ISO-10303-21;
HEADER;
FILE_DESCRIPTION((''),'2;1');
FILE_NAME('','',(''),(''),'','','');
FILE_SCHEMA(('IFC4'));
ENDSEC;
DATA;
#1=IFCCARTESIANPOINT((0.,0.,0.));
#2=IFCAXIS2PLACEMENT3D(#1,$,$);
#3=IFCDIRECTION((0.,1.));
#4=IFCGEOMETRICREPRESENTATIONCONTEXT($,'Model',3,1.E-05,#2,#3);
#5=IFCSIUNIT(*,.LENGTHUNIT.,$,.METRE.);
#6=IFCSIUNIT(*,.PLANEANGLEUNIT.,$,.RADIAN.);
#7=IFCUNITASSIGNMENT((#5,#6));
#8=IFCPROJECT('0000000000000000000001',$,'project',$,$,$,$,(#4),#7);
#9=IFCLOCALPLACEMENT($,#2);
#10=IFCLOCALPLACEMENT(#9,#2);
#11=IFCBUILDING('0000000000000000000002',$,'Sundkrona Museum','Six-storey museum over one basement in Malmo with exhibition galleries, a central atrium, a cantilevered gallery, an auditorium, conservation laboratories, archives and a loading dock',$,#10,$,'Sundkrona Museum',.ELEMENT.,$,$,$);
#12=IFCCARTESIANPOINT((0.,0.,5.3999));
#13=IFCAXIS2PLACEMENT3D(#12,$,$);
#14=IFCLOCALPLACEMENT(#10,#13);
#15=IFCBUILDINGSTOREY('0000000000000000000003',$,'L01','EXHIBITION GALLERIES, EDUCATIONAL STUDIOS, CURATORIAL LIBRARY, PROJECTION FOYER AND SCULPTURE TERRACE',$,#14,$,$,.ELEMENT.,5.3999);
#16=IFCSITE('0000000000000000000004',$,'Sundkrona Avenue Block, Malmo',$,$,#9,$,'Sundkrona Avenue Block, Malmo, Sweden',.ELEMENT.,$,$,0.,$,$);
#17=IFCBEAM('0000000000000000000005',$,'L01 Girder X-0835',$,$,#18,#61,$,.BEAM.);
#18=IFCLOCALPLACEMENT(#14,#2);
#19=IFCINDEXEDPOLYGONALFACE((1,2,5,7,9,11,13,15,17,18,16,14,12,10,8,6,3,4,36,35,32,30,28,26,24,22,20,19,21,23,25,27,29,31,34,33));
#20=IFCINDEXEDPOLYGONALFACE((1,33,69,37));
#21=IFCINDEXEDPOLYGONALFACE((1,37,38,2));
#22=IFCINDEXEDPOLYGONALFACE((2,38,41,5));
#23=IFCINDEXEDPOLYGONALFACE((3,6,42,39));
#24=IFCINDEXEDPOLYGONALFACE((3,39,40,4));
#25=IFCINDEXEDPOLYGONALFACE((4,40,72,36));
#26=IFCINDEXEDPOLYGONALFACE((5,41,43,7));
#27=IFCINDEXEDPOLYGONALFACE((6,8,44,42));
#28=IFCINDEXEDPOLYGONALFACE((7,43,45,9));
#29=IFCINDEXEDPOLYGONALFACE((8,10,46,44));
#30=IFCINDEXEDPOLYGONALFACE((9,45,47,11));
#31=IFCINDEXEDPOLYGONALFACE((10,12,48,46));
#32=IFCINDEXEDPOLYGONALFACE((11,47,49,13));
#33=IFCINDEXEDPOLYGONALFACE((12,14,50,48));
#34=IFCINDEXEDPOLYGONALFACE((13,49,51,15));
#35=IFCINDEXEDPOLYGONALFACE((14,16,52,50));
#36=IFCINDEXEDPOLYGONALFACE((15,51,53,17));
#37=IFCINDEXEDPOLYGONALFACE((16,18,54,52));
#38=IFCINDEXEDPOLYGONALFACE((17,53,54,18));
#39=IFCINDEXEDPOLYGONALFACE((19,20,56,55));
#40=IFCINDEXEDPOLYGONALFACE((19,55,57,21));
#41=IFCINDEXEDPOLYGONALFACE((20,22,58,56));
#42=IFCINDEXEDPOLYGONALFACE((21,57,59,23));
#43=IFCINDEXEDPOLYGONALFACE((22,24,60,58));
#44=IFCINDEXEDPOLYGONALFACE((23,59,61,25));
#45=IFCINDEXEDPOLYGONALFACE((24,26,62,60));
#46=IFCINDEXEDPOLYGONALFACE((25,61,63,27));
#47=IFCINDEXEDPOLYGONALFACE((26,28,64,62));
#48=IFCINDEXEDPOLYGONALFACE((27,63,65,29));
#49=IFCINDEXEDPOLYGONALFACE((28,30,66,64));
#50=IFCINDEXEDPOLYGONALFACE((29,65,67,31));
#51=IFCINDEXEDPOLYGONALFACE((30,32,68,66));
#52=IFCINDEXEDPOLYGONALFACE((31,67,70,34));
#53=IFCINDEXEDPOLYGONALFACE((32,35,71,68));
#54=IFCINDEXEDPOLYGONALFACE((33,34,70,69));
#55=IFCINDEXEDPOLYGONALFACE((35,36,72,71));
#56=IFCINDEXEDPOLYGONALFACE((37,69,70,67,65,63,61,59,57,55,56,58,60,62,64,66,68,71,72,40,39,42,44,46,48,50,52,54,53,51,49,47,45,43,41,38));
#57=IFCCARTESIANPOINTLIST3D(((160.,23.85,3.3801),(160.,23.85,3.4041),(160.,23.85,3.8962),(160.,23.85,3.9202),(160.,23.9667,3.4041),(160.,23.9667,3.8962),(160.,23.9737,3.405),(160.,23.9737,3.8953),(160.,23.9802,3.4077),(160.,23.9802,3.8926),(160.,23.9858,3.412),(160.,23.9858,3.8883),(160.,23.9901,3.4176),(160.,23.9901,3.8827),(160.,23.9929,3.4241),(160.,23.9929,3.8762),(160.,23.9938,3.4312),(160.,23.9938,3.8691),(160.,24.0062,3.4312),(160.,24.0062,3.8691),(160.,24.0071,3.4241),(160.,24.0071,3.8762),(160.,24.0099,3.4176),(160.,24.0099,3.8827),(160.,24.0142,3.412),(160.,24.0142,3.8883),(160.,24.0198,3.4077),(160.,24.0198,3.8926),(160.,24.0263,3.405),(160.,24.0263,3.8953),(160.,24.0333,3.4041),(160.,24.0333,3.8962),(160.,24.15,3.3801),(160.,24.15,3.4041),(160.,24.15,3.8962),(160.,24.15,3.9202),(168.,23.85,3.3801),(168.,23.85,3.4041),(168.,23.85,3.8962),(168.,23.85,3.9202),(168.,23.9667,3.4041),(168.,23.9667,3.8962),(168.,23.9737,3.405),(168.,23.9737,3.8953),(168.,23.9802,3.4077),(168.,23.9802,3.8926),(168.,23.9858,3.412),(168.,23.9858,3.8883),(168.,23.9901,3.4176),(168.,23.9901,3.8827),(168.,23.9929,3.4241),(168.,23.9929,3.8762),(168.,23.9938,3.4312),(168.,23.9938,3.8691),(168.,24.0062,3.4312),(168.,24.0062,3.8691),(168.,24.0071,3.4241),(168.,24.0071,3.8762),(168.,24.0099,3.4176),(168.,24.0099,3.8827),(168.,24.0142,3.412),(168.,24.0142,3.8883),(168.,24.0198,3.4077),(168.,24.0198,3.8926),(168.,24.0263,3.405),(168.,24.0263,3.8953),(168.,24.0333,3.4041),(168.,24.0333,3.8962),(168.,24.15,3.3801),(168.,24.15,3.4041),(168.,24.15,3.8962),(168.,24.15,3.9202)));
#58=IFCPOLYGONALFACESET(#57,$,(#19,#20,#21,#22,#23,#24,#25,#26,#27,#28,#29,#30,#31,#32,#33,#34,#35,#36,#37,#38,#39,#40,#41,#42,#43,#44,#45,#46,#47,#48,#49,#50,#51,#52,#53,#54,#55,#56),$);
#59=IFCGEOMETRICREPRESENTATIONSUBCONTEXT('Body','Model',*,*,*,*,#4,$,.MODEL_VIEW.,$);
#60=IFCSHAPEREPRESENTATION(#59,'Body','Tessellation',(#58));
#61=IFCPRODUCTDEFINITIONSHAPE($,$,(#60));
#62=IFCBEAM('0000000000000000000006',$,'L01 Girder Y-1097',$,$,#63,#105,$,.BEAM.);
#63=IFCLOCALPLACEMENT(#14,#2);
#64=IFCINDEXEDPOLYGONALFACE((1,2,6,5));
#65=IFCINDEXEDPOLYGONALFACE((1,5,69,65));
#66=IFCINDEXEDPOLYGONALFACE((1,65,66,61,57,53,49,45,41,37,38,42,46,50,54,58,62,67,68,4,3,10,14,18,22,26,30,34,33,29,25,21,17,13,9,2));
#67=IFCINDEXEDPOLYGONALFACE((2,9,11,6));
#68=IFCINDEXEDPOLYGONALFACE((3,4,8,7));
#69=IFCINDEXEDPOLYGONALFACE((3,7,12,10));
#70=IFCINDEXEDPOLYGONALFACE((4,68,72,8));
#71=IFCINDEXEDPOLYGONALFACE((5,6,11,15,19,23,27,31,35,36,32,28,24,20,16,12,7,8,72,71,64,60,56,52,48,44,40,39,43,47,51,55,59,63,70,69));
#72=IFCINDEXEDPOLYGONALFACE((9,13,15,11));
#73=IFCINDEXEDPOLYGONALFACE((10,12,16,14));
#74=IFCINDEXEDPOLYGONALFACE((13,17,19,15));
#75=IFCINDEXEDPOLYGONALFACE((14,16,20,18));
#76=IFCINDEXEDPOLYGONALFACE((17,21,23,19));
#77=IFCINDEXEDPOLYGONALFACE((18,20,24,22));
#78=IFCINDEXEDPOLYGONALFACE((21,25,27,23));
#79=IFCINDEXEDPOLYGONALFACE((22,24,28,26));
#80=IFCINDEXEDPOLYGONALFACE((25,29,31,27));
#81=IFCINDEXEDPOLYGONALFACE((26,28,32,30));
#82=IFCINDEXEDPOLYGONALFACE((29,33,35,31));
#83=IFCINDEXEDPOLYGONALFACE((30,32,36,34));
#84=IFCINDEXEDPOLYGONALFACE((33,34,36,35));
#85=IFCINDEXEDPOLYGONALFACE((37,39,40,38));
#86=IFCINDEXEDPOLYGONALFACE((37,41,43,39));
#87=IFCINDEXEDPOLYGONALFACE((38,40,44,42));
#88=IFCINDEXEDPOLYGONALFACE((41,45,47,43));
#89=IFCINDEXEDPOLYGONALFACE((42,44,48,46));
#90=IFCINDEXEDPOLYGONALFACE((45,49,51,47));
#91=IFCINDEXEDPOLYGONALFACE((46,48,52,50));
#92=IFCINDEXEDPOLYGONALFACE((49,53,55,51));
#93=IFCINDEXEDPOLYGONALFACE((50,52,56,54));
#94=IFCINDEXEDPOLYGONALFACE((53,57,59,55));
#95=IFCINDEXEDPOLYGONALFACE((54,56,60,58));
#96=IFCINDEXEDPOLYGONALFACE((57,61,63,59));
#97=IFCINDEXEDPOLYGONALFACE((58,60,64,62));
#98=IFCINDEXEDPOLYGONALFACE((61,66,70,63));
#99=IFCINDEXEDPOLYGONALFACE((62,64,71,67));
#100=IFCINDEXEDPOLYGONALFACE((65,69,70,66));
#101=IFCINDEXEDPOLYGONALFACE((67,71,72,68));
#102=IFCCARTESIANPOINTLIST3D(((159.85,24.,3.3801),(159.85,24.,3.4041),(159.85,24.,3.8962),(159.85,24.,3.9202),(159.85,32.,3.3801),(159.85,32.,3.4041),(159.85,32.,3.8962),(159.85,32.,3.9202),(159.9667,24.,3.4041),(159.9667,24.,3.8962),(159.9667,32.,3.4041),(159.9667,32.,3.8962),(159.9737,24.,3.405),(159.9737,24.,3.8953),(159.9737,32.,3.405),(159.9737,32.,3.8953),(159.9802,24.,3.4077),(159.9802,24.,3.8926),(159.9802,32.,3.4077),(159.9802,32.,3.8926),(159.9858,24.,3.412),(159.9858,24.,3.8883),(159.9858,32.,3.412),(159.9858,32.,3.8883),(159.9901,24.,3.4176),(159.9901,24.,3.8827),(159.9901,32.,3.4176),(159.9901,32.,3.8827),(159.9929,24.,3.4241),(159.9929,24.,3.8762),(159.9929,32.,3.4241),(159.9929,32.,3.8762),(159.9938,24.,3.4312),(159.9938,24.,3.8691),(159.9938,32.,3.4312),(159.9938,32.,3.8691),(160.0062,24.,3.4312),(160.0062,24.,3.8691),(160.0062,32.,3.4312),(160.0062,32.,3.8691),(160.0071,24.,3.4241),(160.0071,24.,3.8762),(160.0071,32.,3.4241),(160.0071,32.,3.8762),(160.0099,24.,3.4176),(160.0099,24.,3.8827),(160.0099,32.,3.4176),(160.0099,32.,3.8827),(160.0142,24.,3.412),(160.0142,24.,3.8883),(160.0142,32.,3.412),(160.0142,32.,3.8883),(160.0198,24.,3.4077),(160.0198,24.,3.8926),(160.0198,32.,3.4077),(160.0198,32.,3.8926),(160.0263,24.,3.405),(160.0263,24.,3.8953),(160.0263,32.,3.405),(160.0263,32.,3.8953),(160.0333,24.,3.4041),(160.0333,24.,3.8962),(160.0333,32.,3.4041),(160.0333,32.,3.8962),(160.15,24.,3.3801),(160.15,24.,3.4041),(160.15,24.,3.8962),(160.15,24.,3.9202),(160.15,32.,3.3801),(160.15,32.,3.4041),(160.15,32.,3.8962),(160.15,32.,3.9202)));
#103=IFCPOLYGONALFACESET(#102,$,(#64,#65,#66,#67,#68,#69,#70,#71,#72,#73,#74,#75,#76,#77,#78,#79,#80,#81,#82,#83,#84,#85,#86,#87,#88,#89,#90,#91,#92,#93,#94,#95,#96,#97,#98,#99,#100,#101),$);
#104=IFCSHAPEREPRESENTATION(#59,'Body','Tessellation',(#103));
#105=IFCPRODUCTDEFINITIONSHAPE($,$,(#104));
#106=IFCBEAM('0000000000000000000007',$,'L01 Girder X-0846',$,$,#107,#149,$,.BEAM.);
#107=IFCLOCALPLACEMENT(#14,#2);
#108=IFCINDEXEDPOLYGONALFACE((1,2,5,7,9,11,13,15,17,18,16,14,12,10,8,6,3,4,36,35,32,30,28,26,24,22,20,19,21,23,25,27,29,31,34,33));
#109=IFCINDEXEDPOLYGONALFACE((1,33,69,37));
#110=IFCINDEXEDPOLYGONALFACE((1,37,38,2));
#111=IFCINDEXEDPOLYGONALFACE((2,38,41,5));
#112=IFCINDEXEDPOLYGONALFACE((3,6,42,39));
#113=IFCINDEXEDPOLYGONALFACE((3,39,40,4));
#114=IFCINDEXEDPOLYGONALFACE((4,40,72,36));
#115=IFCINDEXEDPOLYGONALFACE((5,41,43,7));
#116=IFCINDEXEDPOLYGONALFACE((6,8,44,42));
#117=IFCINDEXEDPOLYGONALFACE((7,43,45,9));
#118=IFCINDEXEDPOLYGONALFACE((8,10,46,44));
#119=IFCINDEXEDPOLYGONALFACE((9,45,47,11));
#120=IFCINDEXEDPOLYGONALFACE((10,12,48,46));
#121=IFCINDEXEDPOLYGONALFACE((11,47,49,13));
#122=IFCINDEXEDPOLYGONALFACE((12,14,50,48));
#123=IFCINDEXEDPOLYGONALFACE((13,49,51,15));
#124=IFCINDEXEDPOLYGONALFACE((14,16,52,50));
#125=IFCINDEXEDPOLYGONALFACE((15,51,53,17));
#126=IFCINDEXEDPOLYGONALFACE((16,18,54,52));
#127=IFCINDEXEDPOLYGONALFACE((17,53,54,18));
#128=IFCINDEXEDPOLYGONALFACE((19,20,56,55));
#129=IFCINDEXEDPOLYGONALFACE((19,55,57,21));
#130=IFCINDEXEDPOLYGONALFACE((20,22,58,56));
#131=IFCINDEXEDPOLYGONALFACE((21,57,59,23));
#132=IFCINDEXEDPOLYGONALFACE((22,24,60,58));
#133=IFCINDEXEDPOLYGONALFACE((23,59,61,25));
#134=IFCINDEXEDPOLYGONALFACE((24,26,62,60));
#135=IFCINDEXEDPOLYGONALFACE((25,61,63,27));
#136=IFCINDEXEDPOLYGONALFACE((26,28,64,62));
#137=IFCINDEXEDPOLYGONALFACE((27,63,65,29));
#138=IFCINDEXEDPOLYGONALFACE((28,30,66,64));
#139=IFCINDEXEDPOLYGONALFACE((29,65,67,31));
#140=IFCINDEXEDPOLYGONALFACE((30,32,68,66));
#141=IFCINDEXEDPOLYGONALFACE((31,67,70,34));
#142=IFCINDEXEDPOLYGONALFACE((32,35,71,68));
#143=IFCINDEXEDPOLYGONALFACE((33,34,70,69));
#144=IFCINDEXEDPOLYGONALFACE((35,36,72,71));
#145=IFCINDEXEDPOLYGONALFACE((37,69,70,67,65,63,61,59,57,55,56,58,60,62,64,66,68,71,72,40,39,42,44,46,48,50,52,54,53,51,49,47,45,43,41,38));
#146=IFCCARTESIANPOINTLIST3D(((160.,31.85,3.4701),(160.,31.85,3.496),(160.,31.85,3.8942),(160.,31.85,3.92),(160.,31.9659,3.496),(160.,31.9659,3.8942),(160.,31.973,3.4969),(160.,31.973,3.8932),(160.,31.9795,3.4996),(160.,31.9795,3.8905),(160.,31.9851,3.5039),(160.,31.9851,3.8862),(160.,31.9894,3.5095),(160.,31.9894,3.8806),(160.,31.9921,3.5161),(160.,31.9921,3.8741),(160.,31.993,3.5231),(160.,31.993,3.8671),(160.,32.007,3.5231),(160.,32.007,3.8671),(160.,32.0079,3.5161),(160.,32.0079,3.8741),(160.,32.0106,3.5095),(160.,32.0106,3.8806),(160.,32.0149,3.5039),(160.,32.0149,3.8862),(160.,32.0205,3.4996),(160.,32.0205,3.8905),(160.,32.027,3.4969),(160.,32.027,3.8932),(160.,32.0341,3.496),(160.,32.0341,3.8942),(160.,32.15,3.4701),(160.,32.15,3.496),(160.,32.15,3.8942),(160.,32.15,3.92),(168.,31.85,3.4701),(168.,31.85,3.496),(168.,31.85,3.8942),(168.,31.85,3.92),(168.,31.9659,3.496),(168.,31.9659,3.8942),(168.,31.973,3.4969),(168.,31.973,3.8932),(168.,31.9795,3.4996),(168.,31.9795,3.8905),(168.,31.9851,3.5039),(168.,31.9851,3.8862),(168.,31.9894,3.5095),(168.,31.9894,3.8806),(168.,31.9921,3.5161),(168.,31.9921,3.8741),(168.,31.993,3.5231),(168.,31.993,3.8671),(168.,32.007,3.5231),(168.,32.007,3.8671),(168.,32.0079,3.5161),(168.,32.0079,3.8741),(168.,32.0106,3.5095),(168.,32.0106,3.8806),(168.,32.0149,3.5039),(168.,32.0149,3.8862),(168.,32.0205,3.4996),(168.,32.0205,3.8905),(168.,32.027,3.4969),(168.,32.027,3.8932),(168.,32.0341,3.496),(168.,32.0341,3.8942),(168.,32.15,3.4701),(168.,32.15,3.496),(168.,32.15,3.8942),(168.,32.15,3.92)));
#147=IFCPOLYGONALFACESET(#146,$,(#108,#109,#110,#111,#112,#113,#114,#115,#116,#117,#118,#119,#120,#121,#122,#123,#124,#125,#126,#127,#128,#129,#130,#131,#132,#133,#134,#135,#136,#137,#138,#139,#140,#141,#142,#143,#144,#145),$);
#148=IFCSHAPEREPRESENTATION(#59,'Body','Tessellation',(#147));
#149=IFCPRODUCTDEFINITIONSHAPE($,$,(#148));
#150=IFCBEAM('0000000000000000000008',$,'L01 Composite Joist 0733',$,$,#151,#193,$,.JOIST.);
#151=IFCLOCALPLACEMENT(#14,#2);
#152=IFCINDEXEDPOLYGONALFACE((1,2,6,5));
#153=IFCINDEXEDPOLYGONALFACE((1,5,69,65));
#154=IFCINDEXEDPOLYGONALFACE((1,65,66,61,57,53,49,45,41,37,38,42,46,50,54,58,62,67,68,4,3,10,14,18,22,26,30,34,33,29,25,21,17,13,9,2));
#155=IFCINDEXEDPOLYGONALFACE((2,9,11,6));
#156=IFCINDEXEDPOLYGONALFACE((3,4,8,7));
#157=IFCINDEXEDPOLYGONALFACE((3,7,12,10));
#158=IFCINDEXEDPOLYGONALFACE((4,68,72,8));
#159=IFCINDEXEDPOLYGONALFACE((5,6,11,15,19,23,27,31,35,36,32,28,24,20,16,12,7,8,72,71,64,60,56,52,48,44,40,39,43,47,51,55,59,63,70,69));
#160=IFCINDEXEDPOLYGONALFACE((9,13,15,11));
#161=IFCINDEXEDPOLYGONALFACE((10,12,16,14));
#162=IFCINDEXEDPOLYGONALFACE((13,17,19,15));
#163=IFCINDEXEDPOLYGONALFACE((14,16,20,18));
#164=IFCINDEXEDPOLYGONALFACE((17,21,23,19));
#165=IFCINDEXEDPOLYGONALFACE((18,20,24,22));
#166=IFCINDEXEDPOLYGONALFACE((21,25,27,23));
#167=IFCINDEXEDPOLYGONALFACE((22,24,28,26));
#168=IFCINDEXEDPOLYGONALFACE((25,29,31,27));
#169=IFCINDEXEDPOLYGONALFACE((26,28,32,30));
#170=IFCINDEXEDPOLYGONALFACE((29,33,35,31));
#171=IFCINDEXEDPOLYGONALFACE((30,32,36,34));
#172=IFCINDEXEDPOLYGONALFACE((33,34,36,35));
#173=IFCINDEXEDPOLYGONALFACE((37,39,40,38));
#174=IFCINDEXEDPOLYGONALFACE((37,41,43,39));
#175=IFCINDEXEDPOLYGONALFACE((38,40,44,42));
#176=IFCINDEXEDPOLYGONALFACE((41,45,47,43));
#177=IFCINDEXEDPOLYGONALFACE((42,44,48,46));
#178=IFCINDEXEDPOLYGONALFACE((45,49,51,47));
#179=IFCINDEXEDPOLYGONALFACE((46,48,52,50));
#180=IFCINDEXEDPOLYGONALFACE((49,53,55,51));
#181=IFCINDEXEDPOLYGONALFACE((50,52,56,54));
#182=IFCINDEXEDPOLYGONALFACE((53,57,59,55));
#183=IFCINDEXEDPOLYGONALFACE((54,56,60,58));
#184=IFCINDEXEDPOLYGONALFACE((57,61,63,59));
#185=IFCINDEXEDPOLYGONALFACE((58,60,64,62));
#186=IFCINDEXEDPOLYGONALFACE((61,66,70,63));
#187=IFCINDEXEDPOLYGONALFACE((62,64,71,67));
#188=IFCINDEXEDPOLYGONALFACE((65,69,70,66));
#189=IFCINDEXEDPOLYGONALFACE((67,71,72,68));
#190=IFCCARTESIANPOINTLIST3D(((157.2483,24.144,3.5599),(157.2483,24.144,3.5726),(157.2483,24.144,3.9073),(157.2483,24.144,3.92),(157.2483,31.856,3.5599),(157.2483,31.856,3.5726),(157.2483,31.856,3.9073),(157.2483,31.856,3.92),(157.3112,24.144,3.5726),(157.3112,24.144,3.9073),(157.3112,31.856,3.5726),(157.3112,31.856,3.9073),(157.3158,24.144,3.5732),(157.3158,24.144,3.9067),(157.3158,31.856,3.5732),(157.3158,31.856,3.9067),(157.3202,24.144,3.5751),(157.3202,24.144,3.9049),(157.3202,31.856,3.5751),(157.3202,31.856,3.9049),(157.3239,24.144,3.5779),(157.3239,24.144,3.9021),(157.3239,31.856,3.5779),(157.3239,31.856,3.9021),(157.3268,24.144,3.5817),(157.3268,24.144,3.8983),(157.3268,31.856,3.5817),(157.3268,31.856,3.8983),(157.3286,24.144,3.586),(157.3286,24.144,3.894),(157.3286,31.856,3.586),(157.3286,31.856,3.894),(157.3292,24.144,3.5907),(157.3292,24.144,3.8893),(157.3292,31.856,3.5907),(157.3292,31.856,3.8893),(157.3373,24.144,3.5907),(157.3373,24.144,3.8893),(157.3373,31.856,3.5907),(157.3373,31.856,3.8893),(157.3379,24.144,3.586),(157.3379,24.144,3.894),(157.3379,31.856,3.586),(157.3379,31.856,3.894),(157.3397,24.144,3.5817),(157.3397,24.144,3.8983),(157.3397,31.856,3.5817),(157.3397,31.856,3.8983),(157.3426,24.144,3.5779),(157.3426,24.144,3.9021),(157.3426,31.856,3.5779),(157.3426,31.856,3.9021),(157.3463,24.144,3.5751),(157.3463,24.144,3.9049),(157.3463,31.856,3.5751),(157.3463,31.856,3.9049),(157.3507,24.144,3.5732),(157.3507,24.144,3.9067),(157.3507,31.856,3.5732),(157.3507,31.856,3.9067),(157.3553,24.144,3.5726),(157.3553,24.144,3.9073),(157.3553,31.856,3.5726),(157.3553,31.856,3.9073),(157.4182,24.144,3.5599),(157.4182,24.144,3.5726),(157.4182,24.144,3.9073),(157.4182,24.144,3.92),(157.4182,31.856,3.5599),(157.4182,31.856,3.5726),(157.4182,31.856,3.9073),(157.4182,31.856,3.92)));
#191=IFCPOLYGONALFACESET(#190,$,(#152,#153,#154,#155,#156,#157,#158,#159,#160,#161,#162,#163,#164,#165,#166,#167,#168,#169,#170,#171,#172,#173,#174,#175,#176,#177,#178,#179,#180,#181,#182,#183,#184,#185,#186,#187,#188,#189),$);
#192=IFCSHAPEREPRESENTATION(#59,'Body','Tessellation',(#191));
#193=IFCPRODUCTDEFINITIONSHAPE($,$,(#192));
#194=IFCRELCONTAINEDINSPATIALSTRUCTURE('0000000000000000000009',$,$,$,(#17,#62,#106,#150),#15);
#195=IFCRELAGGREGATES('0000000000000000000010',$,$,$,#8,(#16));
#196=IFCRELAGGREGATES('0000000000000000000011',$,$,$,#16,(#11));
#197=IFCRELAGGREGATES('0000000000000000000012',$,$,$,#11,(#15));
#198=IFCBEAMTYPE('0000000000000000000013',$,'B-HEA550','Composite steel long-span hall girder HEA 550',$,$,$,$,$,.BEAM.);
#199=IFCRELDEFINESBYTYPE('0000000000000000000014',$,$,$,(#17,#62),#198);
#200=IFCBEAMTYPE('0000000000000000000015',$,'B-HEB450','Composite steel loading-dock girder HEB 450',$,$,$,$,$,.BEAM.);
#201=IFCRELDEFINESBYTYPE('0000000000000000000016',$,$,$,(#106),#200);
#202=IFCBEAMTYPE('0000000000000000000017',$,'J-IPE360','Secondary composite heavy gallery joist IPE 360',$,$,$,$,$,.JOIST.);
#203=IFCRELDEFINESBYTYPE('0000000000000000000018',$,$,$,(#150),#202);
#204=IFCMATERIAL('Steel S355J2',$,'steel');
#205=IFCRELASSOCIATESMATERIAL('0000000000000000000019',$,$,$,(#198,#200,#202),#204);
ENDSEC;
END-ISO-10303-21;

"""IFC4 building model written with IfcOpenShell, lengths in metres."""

from ifc_helpers import new_model, si_unit, direction, frame, origin, origin_2d, place, context, subcontext, project, spatial, i_section, extrude, material, material_profile, profile_set, type_object, element, save


model = new_model("IFC4")

# Units and contexts
model_context = context("Model", 3, precision=1e-05, world=origin(), true_north=direction((0.0, 1.0)))
body_context = subcontext(model_context, "Body", "Model", "MODEL_VIEW")
ifc_project = project(units=[si_unit("LENGTHUNIT", "METRE"), si_unit("PLANEANGLEUNIT", "RADIAN")], contexts=[model_context])

# Site, building, storey
site_placement = place(None, origin())
site = spatial("IfcSite", under=ifc_project, at=site_placement, Name="Sundkrona Avenue Block, Malmo", LongName="Sundkrona Avenue Block, Malmo, Sweden", CompositionType="ELEMENT", RefElevation=0.0)
building_placement = place(site_placement, origin())
building = spatial("IfcBuilding", under=site, at=building_placement, Name="Sundkrona Museum", Description="Six-storey museum over one basement in Malmo with exhibition galleries, a central atrium, a cantilevered gallery, an auditorium, conservation laboratories, archives and a loading dock", LongName="Sundkrona Museum", CompositionType="ELEMENT")
storey_placement = place(building_placement, frame((0.0, 0.0, 5.3999)))
storey = spatial("IfcBuildingStorey", under=building, at=storey_placement, Name="L01", Description="EXHIBITION GALLERIES, EDUCATIONAL STUDIOS, CURATORIAL LIBRARY, PROJECTION FOYER AND SCULPTURE TERRACE", CompositionType="ELEMENT", Elevation=5.3999)

# Shared definitions
ifc_material_1 = material(Name="Steel S355J2", Category="steel")

# Beams
ifc_material_profile_1 = material_profile(ifc_material_1, i_section(OverallWidth=0.3, OverallDepth=0.54, WebThickness=0.0125, FlangeThickness=0.0239, FilletRadius=0.0271, at=origin_2d()), Name="HEA 550")
ifc_profile_set_1 = profile_set([ifc_material_profile_1], Name="Steel S355J2")
beam_type_1 = type_object("IfcBeamType", Name="B-HEA550", Description="Composite steel long-span hall girder HEA 550", PredefinedType="BEAM", material=ifc_profile_set_1)
for number, where, z_axis, x_axis, name in (
    (1, (160.0, 24.0, 3.6501), (1.0, 0.0, 0.0), (0.0, 1.0, 0.0), "L01 Girder X-0835"),
    (2, (160.0, 24.0, 3.6501), (0.0, 1.0, 0.0), (-1.0, 0.0, 0.0), "L01 Girder Y-1097"),
):
    element("IfcBeam", number, at=place(storey_placement, frame(where, z_axis=z_axis, x_axis=x_axis)), inside=storey, type_object=beam_type_1, Name=name, PredefinedType="BEAM", context=body_context, shape_type="SweptSolid", body=[
        extrude(i_section(OverallWidth=0.3, OverallDepth=0.54, WebThickness=0.0125, FlangeThickness=0.0239, FilletRadius=0.0271, at=origin_2d()), origin(), (0.0, 0.0, 1.0), 8.0),
    ])
ifc_material_profile_2 = material_profile(ifc_material_1, i_section(OverallWidth=0.3, OverallDepth=0.45, WebThickness=0.0139, FlangeThickness=0.0259, FilletRadius=0.0271, at=origin_2d()), Name="HEB 450")
ifc_profile_set_2 = profile_set([ifc_material_profile_2], Name="Steel S355J2")
beam_type_2 = type_object("IfcBeamType", Name="B-HEB450", Description="Composite steel loading-dock girder HEB 450", PredefinedType="BEAM", material=ifc_profile_set_2)
beam_placement = place(storey_placement, frame((160.0, 32.0, 3.6951), z_axis=(1.0, 0.0, 0.0), x_axis=(0.0, 1.0, 0.0)))
element("IfcBeam", 3, at=beam_placement, inside=storey, type_object=beam_type_2, Name="L01 Girder X-0846", PredefinedType="BEAM", context=body_context, shape_type="SweptSolid", body=[
    extrude(i_section(OverallWidth=0.3, OverallDepth=0.45, WebThickness=0.0139, FlangeThickness=0.0259, FilletRadius=0.0271, at=origin_2d()), origin(), (0.0, 0.0, 1.0), 8.0),
])
ifc_material_profile_3 = material_profile(ifc_material_1, i_section(OverallWidth=0.1699, OverallDepth=0.3601, WebThickness=0.0081, FlangeThickness=0.0127, FilletRadius=0.0181, at=origin_2d()), Name="IPE 360")
ifc_profile_set_3 = profile_set([ifc_material_profile_3], Name="Steel S355J2")
beam_type_3 = type_object("IfcBeamType", Name="J-IPE360", Description="Secondary composite heavy gallery joist IPE 360", PredefinedType="JOIST", material=ifc_profile_set_3)
for number, where, z_axis, x_axis, name in (
    (4, (157.3333, 24.144, 3.74), (0.0, 1.0, 0.0), (-1.0, 0.0, 0.0), "L01 Composite Joist 0733"),
):
    element("IfcBeam", number, at=place(storey_placement, frame(where, z_axis=z_axis, x_axis=x_axis)), inside=storey, type_object=beam_type_3, Name=name, PredefinedType="JOIST", context=body_context, shape_type="SweptSolid", body=[
        extrude(i_section(OverallWidth=0.1699, OverallDepth=0.3601, WebThickness=0.0081, FlangeThickness=0.0127, FilletRadius=0.0181, at=origin_2d()), origin(), (0.0, 0.0, 1.0), 7.7119),
    ])

save(model, "model.ifc")
